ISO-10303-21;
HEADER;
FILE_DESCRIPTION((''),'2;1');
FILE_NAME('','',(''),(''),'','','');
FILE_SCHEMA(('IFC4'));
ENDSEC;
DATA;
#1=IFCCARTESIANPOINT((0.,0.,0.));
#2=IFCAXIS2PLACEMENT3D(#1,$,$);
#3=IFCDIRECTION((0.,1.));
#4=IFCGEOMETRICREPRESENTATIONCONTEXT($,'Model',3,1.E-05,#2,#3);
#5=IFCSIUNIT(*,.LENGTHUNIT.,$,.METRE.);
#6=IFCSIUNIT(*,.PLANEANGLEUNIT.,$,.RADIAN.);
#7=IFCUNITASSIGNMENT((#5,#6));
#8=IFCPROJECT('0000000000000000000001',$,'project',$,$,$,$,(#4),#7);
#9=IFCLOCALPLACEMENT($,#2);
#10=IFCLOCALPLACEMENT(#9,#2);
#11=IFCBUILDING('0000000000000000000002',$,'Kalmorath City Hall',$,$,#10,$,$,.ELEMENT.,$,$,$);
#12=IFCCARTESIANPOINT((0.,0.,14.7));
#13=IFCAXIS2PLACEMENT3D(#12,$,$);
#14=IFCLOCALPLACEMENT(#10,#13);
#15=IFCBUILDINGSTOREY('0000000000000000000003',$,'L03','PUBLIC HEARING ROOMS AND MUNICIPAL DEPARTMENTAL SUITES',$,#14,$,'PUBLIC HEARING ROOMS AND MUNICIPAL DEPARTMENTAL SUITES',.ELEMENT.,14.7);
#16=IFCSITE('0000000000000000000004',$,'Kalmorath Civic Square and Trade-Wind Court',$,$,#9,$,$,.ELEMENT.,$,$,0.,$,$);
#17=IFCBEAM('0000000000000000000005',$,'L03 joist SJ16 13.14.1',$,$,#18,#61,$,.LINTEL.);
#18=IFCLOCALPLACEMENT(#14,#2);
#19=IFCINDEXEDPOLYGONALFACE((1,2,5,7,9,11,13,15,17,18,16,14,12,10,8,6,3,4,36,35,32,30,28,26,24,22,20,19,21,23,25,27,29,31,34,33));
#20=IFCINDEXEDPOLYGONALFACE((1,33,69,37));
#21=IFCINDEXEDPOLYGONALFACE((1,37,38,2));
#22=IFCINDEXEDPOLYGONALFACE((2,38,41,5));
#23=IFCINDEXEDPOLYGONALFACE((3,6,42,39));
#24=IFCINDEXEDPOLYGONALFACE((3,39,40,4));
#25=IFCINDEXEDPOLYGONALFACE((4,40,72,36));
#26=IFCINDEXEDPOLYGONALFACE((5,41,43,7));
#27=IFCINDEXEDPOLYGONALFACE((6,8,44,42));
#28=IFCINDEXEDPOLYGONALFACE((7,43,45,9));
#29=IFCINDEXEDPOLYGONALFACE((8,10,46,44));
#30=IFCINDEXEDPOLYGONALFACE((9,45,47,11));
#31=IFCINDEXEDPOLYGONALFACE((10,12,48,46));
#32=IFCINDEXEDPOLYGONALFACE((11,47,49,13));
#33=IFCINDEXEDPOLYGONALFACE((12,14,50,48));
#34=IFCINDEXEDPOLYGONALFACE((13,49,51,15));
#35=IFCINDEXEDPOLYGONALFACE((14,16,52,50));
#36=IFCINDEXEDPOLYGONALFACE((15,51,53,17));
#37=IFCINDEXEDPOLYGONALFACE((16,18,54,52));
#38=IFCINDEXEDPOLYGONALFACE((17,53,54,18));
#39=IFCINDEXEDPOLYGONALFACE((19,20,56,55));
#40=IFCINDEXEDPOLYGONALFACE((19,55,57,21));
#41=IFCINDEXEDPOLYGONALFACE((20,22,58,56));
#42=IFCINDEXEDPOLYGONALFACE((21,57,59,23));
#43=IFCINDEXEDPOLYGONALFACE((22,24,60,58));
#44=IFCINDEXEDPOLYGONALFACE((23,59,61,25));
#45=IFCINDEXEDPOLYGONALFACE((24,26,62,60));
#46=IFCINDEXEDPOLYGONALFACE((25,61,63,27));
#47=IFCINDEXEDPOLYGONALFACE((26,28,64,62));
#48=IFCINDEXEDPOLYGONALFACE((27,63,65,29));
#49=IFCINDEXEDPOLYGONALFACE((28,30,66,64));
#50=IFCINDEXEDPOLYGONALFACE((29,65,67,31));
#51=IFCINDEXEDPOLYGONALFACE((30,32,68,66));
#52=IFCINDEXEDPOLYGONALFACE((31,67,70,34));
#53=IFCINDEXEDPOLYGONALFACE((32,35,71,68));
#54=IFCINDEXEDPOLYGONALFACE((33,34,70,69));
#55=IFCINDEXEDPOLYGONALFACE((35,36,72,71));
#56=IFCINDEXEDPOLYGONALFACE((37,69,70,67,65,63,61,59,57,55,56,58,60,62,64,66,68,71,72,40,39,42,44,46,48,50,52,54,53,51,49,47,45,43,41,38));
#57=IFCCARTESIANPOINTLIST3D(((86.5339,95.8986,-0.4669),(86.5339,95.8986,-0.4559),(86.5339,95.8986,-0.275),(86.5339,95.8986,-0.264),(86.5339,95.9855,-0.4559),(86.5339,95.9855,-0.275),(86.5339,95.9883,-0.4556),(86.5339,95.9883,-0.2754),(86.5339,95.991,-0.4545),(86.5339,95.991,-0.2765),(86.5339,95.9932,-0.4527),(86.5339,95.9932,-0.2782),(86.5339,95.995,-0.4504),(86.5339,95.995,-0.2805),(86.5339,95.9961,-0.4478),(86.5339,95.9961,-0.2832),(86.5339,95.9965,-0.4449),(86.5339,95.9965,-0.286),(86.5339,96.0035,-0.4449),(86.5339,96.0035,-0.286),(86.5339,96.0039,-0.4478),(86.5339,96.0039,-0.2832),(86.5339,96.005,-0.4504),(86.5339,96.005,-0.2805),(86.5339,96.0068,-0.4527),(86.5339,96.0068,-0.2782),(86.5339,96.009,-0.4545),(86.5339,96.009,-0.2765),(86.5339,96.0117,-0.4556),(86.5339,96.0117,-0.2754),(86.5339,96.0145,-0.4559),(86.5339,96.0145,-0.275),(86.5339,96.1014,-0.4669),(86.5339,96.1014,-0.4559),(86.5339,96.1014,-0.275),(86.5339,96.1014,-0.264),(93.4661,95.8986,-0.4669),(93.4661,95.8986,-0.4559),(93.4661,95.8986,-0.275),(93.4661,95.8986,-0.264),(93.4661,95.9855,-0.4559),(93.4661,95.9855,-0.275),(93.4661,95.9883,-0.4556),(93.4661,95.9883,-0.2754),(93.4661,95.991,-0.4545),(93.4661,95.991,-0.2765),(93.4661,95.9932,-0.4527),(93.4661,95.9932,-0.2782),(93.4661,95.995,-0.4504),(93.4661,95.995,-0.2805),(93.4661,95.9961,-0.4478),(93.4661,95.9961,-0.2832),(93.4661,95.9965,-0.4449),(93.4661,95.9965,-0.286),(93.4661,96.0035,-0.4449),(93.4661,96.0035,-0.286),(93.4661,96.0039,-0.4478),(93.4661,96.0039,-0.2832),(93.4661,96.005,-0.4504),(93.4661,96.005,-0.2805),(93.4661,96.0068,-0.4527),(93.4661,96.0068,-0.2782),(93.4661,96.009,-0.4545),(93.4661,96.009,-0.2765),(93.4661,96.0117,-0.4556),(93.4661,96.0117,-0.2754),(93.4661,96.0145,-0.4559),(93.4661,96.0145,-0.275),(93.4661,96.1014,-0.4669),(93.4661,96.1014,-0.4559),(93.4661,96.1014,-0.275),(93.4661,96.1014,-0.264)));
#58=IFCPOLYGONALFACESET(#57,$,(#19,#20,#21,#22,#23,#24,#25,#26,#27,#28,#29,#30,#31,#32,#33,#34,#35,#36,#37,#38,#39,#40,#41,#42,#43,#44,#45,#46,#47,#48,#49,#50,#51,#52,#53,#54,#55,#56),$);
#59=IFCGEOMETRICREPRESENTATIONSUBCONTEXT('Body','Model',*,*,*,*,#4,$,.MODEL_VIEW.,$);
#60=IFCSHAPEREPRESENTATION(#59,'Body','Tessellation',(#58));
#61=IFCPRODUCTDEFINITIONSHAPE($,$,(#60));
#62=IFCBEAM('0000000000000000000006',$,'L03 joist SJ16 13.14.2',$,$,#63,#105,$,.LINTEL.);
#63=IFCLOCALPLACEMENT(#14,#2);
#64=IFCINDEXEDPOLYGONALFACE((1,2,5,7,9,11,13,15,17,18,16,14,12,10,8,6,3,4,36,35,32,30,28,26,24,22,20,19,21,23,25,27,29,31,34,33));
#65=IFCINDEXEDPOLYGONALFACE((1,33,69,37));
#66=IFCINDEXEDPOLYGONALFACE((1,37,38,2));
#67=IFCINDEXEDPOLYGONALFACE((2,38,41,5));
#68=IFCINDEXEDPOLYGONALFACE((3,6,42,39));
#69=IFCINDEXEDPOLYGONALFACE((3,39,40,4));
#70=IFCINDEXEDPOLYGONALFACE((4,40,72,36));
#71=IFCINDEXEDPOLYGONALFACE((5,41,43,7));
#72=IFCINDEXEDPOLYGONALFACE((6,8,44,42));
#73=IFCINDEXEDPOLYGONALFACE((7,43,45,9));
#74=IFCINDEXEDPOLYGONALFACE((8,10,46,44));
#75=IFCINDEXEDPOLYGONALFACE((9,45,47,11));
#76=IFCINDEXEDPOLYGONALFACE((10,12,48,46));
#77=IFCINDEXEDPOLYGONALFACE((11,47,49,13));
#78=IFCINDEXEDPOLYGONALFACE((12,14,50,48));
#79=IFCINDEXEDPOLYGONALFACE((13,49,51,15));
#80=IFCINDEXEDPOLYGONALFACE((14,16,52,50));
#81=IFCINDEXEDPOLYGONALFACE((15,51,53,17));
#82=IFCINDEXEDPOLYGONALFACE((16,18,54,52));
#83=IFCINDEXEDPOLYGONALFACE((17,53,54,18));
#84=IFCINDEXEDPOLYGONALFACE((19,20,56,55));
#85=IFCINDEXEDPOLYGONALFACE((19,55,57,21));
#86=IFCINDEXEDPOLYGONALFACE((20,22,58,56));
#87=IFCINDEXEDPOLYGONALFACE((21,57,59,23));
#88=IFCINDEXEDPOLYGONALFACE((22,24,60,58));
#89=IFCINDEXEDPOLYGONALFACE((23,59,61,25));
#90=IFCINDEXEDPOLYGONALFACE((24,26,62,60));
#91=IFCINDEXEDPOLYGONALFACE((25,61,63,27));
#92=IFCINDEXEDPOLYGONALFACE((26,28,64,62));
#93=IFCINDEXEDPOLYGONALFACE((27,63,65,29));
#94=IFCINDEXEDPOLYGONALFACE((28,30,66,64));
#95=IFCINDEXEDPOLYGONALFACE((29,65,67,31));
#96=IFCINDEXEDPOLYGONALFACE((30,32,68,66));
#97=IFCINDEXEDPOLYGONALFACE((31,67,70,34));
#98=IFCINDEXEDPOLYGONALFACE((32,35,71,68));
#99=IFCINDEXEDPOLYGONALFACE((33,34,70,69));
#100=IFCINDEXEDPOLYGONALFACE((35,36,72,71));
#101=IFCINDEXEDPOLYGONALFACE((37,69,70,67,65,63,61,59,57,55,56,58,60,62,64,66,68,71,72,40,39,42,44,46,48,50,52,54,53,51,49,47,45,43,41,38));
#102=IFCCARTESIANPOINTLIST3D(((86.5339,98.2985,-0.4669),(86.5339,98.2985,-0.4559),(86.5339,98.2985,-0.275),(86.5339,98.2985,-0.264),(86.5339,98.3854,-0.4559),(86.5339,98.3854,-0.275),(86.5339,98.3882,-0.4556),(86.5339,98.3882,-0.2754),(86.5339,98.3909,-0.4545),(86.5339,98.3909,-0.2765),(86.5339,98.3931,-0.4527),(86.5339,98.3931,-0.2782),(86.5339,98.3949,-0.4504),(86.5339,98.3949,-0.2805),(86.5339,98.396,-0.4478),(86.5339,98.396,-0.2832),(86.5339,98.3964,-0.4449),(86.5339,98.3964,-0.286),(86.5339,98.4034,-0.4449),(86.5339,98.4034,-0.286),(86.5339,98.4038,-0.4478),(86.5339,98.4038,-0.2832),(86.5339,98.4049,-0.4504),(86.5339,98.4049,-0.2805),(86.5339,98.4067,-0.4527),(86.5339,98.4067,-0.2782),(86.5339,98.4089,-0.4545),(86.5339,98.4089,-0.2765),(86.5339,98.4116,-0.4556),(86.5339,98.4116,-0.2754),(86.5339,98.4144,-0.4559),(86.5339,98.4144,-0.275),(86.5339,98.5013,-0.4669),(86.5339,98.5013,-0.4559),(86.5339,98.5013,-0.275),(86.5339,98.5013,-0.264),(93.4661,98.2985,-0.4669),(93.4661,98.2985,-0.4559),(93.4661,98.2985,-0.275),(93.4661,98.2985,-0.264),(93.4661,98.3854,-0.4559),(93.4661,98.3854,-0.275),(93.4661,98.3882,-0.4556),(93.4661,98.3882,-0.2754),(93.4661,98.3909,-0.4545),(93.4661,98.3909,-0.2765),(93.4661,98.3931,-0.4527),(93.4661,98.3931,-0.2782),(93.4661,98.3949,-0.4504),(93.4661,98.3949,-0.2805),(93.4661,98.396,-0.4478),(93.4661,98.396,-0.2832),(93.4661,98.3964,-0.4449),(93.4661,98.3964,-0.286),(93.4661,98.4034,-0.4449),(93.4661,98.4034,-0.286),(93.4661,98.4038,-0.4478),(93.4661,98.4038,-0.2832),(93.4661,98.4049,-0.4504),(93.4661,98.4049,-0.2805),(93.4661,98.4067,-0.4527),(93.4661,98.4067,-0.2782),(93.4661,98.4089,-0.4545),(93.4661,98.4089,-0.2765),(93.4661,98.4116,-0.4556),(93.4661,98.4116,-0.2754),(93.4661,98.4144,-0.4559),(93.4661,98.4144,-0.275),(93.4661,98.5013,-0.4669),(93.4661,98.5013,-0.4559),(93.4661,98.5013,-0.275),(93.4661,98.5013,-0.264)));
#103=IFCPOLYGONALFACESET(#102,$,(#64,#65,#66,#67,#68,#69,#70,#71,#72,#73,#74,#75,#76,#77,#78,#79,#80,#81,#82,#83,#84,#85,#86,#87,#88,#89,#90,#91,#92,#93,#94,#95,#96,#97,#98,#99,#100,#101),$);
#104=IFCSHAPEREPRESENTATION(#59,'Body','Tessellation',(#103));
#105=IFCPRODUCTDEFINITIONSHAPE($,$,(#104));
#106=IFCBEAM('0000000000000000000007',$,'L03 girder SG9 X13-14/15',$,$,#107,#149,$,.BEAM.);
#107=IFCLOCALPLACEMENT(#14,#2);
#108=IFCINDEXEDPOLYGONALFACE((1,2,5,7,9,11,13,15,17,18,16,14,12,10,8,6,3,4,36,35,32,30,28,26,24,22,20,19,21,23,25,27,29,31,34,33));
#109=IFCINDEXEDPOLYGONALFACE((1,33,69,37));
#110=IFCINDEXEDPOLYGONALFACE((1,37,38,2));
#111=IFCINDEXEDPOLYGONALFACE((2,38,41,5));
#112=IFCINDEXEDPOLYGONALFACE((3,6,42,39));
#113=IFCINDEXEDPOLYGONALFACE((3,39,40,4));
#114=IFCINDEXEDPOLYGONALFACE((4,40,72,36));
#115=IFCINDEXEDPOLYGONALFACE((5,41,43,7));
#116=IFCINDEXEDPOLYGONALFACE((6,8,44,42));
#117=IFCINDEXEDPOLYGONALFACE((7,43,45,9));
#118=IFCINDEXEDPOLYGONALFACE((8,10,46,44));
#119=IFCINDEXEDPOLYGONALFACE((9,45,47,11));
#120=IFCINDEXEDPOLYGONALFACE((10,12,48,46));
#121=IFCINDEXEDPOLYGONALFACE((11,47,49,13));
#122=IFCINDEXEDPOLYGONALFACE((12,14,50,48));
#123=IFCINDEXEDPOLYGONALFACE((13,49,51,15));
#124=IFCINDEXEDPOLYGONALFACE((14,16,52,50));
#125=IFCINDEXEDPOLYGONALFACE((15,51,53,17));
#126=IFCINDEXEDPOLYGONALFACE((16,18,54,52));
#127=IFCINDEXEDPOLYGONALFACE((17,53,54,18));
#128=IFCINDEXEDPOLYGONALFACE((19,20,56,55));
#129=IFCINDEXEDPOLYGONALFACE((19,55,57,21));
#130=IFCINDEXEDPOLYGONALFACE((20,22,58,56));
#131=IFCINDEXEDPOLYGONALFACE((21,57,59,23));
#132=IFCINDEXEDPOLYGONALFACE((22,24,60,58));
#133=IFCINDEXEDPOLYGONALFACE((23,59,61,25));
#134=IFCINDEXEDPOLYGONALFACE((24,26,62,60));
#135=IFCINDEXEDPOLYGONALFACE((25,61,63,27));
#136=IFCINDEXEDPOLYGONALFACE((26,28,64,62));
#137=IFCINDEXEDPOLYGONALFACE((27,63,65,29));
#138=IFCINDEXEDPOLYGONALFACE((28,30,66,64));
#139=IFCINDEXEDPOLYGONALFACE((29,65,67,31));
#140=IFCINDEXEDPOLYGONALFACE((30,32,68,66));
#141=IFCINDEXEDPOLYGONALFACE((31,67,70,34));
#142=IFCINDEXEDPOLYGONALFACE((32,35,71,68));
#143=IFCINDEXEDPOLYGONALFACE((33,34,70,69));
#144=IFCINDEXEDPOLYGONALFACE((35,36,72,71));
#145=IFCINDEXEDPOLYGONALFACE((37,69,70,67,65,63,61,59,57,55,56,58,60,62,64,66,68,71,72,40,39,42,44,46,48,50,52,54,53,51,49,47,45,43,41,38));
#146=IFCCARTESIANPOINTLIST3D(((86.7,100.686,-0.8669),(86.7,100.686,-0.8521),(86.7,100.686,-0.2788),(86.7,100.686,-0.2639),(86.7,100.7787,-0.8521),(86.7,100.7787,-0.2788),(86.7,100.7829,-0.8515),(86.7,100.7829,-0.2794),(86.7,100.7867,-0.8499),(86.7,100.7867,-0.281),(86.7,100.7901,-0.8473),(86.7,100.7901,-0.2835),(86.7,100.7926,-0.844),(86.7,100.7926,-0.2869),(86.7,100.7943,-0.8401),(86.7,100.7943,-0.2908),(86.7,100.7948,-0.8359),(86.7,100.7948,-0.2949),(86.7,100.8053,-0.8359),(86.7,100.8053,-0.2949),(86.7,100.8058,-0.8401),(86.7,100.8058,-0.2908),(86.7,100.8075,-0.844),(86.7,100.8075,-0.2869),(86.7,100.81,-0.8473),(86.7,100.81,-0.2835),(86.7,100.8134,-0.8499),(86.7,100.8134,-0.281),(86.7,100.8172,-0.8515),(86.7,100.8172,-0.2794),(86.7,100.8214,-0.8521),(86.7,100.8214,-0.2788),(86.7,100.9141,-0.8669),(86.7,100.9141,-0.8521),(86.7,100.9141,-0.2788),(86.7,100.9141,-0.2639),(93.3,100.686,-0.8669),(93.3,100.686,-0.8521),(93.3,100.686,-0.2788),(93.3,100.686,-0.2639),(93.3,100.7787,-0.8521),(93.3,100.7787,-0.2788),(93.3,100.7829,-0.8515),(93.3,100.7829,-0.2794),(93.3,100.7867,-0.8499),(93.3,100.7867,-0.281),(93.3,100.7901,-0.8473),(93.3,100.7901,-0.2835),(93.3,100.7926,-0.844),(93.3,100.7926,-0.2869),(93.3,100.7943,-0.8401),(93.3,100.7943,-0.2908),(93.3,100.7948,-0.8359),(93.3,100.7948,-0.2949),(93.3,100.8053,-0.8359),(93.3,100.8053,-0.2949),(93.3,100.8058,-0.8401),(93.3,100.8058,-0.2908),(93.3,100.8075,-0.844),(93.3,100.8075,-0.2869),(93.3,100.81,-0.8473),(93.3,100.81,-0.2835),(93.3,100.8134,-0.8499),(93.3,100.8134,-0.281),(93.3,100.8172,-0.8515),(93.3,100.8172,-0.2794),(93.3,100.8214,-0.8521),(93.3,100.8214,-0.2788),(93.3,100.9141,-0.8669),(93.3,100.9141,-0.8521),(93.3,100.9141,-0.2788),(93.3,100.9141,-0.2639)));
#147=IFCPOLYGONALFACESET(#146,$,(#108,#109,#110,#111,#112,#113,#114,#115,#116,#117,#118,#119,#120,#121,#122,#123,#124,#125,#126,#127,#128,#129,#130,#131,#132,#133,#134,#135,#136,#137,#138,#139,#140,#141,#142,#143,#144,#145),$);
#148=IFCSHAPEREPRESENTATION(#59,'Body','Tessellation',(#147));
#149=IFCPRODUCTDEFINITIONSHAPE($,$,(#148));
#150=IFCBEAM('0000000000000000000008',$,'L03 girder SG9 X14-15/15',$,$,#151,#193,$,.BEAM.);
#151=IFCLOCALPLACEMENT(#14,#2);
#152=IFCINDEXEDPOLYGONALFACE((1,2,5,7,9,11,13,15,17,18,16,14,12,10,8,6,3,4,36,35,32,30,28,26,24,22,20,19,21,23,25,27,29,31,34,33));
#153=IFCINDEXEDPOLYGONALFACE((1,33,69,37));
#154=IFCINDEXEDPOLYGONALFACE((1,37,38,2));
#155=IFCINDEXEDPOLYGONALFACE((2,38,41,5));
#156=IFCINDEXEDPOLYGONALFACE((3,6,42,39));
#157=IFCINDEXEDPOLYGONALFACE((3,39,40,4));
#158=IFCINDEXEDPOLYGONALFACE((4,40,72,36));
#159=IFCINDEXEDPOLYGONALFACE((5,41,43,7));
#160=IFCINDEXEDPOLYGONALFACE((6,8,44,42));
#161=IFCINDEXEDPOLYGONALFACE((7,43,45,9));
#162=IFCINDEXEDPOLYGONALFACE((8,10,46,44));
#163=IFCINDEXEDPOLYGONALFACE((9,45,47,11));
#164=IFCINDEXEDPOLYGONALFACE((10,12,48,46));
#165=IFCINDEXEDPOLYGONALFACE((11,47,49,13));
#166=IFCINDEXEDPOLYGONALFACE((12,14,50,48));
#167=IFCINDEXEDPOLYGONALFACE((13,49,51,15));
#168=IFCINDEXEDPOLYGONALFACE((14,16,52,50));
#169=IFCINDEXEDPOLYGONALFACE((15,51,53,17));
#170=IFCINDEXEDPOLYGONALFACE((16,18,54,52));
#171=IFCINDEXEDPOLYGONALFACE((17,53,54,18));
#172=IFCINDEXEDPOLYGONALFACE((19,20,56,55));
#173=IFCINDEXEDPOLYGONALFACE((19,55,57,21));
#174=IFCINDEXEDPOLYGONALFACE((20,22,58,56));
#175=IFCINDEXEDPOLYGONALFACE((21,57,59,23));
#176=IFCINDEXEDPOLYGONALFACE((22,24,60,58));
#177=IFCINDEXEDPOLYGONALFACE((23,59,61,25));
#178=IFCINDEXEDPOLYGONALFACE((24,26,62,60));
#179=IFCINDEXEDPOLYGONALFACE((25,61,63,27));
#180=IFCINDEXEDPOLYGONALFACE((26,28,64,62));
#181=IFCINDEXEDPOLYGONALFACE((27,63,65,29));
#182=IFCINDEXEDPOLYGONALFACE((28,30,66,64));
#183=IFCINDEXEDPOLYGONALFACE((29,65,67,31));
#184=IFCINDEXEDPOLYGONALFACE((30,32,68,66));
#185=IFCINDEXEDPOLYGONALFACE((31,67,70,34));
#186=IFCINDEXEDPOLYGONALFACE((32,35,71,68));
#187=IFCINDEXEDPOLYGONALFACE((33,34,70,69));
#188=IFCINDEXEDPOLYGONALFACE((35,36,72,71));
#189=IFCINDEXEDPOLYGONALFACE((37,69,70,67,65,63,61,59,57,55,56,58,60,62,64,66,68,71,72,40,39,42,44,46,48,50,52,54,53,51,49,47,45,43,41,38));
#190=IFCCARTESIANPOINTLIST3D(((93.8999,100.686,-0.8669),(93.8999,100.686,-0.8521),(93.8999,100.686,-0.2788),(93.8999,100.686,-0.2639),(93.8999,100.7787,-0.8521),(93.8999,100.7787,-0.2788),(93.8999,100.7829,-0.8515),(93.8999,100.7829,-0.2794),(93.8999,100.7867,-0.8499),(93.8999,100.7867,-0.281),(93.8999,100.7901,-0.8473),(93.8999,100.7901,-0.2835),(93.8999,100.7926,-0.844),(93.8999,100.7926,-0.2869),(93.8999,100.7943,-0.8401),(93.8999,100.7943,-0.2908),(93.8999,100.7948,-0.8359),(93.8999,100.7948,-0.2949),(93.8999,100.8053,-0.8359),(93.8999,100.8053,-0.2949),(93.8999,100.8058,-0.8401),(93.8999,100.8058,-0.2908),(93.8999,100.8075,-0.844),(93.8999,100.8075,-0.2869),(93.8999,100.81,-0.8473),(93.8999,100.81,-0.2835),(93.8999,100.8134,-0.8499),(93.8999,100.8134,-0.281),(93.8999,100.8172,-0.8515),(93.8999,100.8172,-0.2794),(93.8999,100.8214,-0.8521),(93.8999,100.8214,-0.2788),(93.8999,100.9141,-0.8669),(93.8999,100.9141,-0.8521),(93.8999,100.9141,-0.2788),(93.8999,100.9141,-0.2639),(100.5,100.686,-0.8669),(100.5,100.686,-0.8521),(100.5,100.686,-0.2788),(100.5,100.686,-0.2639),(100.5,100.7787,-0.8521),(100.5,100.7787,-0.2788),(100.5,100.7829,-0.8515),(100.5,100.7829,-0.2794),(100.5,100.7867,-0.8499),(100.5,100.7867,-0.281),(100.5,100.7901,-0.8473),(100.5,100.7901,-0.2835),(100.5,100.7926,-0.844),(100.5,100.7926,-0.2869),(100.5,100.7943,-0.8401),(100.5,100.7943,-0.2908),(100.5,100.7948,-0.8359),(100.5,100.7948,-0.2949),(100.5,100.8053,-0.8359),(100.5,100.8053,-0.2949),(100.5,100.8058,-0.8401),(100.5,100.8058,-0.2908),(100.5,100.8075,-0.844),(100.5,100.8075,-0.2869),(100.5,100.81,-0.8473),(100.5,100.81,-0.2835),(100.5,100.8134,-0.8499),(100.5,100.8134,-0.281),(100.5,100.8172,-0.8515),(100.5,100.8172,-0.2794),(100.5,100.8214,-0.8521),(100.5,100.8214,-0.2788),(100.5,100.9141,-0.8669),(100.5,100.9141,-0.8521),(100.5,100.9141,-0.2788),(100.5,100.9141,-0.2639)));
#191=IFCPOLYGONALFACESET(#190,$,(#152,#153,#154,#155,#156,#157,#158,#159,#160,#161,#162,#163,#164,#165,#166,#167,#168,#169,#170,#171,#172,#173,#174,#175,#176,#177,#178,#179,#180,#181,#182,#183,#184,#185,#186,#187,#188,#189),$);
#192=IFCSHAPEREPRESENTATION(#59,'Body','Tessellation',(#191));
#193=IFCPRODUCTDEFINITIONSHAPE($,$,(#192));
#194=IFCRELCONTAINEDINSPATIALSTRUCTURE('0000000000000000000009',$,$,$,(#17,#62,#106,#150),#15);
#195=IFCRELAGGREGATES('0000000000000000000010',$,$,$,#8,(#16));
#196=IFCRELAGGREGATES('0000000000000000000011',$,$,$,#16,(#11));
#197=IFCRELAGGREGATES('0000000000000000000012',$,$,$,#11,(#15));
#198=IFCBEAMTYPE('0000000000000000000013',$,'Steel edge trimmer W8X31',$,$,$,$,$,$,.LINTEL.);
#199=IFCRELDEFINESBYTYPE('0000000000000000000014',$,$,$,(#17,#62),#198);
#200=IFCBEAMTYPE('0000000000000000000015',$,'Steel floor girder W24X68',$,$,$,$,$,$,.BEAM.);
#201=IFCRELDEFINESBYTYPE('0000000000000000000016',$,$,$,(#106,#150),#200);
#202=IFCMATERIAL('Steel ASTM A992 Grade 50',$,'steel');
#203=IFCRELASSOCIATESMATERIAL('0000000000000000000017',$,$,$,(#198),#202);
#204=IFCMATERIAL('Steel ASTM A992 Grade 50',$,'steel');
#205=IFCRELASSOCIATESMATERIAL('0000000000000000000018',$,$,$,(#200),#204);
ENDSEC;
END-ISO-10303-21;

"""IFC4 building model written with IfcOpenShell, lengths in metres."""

from ifc_helpers import new_model, si_unit, direction, frame, origin, origin_2d, place, context, subcontext, project, spatial, i_section, extrude, material, material_profile, profile_set, type_object, element, save


model = new_model("IFC4")

# Units and contexts
model_context = context("Model", 3, precision=1e-05, world=origin(), true_north=direction((0.0, 1.0)))
body_context = subcontext(model_context, "Body", "Model", "MODEL_VIEW")
ifc_project = project(units=[si_unit("LENGTHUNIT", "METRE"), si_unit("PLANEANGLEUNIT", "RADIAN")], contexts=[model_context])

# Site, building, storey
site_placement = place(None, origin())
site = spatial("IfcSite", under=ifc_project, at=site_placement, Name="Kalmorath Civic Square and Trade-Wind Court", CompositionType="ELEMENT", RefElevation=0.0)
building_placement = place(site_placement, origin())
building = spatial("IfcBuilding", under=site, at=building_placement, Name="Kalmorath City Hall", CompositionType="ELEMENT")
storey_placement = place(building_placement, frame((0.0, 0.0, 14.7)))
storey = spatial("IfcBuildingStorey", under=building, at=storey_placement, Name="L03", Description="PUBLIC HEARING ROOMS AND MUNICIPAL DEPARTMENTAL SUITES", LongName="PUBLIC HEARING ROOMS AND MUNICIPAL DEPARTMENTAL SUITES", CompositionType="ELEMENT", Elevation=14.7)

# Beams
ifc_material_1 = material(Name="Steel ASTM A992 Grade 50", Category="steel")
ifc_material_profile_1 = material_profile(ifc_material_1, i_section(OverallWidth=0.2029, OverallDepth=0.2029, WebThickness=0.0071, FlangeThickness=0.011, FilletRadius=0.011, at=origin_2d()), Name="W8X31")
ifc_profile_set_1 = profile_set([ifc_material_profile_1], Name="Steel ASTM A992 Grade 50")
beam_type_1 = type_object("IfcBeamType", Name="Steel edge trimmer W8X31", PredefinedType="LINTEL", material=ifc_profile_set_1)
for number, where, z_axis, x_axis, name in (
    (1, (86.5339, 96.0, -0.3655), (1.0, 0.0, 0.0), (0.0, 1.0, 0.0), "L03 joist SJ16 13.14.1"),
    (2, (86.5339, 98.3999, -0.3655), (1.0, 0.0, 0.0), (0.0, 1.0, 0.0), "L03 joist SJ16 13.14.2"),
):
    element("IfcBeam", number, at=place(storey_placement, frame(where, z_axis=z_axis, x_axis=x_axis)), inside=storey, type_object=beam_type_1, Name=name, PredefinedType="LINTEL", context=body_context, shape_type="SweptSolid", body=[
        extrude(i_section(OverallWidth=0.2029, OverallDepth=0.2029, WebThickness=0.0071, FlangeThickness=0.011, FilletRadius=0.011, at=origin_2d()), origin(), (0.0, 0.0, 1.0), 6.9321),
    ])
ifc_material_2 = material(Name="Steel ASTM A992 Grade 50", Category="steel")
ifc_material_profile_2 = material_profile(ifc_material_2, i_section(OverallWidth=0.228, OverallDepth=0.603, WebThickness=0.0105, FlangeThickness=0.0149, FilletRadius=0.0161, at=origin_2d()), Name="W24X68")
ifc_profile_set_2 = profile_set([ifc_material_profile_2], Name="Steel ASTM A992 Grade 50")
beam_type_2 = type_object("IfcBeamType", Name="Steel floor girder W24X68", PredefinedType="BEAM", material=ifc_profile_set_2)
for number, where, z_axis, x_axis, name in (
    (3, (86.7, 100.8, -0.5654), (1.0, 0.0, 0.0), (0.0, 1.0, 0.0), "L03 girder SG9 X13-14/15"),
    (4, (93.8999, 100.8, -0.5654), (1.0, 0.0, 0.0), (0.0, 1.0, 0.0), "L03 girder SG9 X14-15/15"),
):
    element("IfcBeam", number, at=place(storey_placement, frame(where, z_axis=z_axis, x_axis=x_axis)), inside=storey, type_object=beam_type_2, Name=name, PredefinedType="BEAM", context=body_context, shape_type="SweptSolid", body=[
        extrude(i_section(OverallWidth=0.228, OverallDepth=0.603, WebThickness=0.0105, FlangeThickness=0.0149, FilletRadius=0.0161, at=origin_2d()), origin(), (0.0, 0.0, 1.0), 6.6001),
    ])

save(model, "model.ifc")
